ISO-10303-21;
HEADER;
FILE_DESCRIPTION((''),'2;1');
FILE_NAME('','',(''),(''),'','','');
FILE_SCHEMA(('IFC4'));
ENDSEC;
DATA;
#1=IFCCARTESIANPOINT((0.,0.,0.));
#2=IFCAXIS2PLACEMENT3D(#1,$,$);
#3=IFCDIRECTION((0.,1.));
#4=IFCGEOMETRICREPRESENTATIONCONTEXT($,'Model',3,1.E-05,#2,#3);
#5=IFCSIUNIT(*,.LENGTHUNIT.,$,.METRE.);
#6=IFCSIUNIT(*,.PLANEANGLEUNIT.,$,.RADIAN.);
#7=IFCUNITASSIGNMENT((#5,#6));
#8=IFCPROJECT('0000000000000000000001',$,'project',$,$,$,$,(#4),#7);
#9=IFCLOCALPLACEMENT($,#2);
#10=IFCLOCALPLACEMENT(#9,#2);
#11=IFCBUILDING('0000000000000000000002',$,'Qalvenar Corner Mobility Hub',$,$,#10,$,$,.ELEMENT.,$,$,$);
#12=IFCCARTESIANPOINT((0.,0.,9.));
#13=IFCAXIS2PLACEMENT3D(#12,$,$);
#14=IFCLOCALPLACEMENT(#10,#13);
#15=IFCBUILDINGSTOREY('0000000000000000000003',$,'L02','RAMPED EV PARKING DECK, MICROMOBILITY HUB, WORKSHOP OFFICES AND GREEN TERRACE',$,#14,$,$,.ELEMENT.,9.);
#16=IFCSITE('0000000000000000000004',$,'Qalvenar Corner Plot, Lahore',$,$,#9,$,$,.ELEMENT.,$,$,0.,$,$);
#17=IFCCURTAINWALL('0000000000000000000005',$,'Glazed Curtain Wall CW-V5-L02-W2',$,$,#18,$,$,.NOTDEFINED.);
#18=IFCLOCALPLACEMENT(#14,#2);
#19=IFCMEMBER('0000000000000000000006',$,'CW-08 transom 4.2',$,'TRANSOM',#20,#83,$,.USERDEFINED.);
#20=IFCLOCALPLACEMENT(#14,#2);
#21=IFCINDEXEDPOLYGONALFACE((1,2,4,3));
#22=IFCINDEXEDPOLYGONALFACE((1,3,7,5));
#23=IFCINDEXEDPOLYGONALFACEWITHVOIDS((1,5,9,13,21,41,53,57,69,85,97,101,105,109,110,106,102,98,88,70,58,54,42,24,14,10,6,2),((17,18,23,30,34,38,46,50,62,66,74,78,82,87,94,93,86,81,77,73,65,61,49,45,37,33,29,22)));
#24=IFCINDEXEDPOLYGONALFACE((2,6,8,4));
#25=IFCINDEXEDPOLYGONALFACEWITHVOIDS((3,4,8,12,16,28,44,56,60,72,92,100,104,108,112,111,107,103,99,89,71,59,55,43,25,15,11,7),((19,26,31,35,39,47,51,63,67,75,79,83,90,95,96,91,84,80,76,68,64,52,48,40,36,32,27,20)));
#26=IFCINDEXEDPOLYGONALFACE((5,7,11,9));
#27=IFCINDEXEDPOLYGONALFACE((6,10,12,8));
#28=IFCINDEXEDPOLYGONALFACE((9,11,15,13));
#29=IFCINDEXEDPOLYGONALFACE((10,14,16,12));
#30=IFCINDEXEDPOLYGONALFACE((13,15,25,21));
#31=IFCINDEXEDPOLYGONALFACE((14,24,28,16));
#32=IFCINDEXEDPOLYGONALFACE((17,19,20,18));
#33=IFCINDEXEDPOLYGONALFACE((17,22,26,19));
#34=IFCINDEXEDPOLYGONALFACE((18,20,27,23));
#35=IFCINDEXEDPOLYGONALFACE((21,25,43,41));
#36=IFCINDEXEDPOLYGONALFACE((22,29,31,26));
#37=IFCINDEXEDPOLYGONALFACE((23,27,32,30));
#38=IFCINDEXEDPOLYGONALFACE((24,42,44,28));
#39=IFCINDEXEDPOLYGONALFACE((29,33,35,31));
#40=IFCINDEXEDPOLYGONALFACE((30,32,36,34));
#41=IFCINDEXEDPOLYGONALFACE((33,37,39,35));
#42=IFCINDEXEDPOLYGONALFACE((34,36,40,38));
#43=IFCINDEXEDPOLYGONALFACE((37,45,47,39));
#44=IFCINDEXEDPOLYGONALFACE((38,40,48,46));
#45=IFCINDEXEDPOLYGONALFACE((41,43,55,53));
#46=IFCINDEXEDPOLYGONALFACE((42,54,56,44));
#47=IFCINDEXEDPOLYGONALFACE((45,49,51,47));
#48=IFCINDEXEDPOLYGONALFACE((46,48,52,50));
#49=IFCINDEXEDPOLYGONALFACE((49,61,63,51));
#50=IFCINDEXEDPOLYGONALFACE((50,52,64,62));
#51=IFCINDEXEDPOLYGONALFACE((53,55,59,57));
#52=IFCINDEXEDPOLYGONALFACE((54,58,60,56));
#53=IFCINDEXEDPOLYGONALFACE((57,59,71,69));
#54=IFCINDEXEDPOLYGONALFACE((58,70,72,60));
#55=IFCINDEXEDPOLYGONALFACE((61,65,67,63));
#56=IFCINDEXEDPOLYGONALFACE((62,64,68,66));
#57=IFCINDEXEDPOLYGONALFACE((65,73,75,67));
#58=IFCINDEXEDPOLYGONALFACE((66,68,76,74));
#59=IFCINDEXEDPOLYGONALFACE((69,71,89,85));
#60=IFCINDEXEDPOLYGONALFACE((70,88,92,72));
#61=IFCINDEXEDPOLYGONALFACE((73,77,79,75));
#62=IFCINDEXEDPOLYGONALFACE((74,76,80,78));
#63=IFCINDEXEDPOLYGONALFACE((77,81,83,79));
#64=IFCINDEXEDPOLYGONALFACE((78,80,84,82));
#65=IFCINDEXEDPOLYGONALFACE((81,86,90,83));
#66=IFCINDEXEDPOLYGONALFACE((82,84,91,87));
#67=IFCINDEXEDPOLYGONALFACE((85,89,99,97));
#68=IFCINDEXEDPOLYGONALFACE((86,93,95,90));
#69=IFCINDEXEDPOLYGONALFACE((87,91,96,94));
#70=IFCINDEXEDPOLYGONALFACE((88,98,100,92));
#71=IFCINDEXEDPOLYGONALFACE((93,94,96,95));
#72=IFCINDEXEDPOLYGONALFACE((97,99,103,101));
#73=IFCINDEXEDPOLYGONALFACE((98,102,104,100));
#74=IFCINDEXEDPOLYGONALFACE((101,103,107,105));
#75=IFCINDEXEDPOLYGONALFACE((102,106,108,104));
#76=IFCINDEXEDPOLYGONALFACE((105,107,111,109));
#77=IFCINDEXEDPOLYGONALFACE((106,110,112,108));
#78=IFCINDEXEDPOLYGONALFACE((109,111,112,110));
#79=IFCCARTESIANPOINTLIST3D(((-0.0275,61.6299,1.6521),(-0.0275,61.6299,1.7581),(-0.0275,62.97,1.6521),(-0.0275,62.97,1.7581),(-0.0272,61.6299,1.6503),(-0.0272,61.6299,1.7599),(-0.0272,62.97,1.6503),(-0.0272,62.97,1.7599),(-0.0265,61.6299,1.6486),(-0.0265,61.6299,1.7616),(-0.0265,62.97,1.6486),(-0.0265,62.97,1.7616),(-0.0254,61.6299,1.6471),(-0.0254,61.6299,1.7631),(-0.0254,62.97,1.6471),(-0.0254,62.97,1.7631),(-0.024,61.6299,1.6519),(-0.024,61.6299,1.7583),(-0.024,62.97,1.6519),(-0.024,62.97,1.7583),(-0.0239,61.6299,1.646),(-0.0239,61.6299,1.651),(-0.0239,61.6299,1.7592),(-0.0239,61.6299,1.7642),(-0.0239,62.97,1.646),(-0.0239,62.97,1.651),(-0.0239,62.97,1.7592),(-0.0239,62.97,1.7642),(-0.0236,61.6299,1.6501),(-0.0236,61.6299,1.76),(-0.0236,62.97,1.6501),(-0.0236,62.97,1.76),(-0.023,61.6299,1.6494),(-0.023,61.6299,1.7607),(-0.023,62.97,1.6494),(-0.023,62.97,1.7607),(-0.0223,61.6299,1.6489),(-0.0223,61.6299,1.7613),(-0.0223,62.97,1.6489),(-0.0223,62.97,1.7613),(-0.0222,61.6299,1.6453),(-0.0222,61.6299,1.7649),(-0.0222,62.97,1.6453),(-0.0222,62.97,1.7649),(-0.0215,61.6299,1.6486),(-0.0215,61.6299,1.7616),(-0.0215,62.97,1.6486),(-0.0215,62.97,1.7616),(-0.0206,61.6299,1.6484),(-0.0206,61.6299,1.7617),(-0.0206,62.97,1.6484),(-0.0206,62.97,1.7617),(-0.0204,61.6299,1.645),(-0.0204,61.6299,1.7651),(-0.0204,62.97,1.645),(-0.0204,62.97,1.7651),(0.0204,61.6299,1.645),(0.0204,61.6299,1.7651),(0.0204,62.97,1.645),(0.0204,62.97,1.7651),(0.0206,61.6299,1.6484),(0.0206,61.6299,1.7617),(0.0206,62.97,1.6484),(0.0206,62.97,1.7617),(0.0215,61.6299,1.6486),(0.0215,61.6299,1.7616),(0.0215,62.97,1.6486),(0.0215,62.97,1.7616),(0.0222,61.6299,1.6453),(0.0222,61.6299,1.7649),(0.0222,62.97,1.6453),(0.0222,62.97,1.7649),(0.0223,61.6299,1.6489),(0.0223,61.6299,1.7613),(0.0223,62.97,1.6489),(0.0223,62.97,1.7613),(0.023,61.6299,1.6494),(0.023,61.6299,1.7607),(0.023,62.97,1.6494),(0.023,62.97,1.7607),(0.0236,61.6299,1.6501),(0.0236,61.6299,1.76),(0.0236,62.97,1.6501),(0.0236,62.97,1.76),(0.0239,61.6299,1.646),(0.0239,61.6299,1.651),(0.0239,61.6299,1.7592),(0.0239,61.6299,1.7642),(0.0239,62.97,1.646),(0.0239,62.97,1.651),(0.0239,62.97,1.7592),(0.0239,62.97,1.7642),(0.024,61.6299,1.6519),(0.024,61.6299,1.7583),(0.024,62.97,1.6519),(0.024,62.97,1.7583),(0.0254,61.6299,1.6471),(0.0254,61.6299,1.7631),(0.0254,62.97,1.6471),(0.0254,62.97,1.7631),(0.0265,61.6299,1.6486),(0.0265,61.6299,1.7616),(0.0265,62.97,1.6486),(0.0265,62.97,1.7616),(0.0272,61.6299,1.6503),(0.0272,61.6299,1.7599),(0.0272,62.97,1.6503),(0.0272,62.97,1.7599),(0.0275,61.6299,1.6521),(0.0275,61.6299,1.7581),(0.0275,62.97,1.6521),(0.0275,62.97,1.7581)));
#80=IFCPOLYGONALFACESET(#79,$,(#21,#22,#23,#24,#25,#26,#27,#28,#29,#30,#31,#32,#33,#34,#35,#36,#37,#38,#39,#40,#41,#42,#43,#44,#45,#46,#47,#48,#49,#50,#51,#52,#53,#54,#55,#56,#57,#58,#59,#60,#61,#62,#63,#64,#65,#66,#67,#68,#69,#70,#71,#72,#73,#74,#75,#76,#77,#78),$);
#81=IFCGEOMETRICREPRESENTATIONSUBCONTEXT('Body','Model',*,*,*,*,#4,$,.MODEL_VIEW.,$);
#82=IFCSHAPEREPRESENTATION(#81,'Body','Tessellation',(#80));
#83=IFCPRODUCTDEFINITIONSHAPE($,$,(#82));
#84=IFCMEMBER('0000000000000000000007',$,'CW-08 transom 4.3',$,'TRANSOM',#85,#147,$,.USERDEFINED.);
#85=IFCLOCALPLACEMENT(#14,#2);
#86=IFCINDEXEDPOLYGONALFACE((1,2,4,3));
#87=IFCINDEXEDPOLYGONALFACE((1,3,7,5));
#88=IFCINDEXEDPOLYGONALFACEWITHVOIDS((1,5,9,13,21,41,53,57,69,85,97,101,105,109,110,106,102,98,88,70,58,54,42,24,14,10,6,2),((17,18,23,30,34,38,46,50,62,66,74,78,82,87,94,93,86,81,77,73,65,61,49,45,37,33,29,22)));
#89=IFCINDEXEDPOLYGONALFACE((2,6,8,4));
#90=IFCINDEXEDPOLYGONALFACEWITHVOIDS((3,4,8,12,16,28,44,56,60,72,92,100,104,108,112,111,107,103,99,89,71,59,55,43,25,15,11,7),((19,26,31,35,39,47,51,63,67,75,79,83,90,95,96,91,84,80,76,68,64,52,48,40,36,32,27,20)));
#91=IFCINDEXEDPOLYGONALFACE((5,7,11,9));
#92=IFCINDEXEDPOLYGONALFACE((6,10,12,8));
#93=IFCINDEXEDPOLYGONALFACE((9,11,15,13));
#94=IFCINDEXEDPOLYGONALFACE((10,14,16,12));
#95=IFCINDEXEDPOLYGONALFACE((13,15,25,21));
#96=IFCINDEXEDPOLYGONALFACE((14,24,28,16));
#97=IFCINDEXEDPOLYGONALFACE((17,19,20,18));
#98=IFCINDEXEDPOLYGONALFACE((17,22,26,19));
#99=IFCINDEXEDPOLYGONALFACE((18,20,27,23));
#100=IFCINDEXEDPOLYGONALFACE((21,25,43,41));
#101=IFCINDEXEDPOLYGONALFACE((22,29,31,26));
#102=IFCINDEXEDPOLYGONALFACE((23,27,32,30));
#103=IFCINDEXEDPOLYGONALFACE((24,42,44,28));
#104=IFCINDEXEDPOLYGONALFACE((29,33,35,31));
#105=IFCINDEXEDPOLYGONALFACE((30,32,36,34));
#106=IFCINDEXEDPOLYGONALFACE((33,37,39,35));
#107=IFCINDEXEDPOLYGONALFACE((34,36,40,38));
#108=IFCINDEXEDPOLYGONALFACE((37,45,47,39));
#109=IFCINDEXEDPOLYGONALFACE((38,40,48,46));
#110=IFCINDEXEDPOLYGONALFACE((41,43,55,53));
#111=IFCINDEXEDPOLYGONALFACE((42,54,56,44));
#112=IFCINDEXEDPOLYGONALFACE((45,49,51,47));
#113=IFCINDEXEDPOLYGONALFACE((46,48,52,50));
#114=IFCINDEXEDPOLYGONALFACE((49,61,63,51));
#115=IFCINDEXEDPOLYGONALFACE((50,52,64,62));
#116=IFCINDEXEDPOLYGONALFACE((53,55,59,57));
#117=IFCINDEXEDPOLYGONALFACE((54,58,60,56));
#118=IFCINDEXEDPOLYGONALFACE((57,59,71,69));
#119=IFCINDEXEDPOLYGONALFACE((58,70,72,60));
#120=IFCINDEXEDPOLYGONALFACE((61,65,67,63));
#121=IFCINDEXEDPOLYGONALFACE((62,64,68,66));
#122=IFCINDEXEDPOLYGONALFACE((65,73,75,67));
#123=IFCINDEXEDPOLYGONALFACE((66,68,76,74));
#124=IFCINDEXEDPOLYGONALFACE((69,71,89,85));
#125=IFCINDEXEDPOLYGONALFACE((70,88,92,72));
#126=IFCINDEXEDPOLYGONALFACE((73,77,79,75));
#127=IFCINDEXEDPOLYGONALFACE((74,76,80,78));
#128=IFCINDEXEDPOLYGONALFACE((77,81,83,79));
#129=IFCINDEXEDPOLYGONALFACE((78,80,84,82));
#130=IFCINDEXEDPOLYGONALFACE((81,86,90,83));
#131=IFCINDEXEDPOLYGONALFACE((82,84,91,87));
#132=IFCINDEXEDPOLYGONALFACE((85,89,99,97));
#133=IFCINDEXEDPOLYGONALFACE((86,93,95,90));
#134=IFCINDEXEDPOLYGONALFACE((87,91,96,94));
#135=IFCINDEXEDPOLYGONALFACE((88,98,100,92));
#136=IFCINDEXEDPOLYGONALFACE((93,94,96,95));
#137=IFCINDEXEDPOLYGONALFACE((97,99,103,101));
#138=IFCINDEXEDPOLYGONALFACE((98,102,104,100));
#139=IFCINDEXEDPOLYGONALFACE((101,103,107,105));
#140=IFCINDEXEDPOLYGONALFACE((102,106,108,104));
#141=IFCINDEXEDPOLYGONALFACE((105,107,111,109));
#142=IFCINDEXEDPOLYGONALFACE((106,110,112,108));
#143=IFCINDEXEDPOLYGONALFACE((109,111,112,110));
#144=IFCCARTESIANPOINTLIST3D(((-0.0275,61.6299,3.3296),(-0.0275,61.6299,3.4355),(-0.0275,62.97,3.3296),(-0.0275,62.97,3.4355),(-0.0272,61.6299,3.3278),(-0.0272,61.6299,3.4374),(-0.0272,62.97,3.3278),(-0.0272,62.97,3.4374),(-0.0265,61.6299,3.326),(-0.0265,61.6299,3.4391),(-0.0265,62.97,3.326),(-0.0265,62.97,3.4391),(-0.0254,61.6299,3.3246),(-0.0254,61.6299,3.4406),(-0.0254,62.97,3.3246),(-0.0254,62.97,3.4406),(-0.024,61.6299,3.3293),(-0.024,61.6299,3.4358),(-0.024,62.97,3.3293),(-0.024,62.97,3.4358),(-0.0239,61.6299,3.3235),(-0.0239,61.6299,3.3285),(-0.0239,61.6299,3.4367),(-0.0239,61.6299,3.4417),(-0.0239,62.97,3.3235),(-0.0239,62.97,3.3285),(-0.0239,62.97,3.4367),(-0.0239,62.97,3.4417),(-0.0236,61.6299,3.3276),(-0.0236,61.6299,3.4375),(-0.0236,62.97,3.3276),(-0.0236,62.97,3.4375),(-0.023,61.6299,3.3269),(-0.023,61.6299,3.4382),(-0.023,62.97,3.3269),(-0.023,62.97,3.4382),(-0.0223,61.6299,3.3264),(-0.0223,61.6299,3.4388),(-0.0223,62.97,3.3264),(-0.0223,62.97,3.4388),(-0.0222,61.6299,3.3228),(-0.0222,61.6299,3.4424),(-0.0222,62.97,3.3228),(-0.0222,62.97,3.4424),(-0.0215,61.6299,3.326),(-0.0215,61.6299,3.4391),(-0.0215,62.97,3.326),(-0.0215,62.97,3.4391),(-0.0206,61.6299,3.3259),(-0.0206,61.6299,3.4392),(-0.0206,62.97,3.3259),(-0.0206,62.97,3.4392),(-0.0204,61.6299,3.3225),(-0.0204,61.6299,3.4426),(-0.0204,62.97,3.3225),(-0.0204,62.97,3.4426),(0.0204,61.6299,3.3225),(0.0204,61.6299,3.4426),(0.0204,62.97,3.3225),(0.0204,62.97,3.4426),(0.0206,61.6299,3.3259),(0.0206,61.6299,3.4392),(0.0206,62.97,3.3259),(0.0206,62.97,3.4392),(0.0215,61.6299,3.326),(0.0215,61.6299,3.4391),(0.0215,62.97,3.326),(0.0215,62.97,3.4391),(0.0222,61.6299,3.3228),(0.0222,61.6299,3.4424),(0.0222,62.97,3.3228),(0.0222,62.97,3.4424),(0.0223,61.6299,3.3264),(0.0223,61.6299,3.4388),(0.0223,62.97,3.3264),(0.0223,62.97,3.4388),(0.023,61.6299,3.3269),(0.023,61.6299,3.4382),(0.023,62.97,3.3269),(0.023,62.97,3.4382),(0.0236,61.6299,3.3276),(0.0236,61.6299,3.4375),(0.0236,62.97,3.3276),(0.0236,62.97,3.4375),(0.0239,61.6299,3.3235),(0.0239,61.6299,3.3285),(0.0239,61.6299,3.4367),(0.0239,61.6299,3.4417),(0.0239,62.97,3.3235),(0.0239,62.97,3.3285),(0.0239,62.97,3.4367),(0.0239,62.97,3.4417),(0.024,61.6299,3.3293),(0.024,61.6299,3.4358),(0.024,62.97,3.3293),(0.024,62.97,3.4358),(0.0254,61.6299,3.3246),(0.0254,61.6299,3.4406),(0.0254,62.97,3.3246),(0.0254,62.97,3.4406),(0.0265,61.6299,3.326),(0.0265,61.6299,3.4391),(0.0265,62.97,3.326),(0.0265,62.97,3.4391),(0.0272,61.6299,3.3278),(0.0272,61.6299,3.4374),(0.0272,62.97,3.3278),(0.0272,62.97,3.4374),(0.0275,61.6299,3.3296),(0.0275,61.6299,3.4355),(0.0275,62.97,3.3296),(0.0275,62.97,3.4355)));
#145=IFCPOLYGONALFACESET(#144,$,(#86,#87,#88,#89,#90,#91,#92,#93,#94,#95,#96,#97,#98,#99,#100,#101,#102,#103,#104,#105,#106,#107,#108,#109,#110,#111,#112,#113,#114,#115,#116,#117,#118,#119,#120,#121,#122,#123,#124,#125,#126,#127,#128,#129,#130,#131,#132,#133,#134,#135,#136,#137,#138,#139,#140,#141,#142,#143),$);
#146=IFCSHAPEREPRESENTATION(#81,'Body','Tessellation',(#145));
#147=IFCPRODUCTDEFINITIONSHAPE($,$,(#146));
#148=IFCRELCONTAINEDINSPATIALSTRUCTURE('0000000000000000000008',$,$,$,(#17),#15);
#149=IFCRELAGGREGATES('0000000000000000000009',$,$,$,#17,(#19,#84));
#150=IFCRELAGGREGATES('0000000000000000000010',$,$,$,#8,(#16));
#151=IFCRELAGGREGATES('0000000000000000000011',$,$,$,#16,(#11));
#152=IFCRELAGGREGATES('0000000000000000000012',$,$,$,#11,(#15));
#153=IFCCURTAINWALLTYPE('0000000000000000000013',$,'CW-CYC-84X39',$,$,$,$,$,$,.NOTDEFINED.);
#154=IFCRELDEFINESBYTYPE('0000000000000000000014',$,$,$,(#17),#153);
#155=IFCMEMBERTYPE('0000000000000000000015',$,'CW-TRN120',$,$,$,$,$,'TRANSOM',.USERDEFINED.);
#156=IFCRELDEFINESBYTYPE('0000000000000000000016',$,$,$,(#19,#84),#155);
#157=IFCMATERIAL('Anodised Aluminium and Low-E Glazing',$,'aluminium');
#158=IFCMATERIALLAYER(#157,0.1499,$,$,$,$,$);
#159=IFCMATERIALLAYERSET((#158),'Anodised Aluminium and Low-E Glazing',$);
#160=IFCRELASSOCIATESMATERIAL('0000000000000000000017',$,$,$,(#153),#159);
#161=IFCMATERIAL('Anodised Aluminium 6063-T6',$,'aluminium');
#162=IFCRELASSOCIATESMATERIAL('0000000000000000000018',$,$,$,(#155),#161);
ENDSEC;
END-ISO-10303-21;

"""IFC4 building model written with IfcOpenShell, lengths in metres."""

from ifc_helpers import new_model, si_unit, direction, frame, origin, origin_2d, place, context, subcontext, project, spatial, hollow_rectangle, extrude, material, layer, layer_set, material_profile, profile_set, type_object, element, aggregate, save


model = new_model("IFC4")

# Units and contexts
model_context = context("Model", 3, precision=1e-05, world=origin(), true_north=direction((0.0, 1.0)))
body_context = subcontext(model_context, "Body", "Model", "MODEL_VIEW")
ifc_project = project(units=[si_unit("LENGTHUNIT", "METRE"), si_unit("PLANEANGLEUNIT", "RADIAN")], contexts=[model_context])

# Site, building, storey
site_placement = place(None, origin())
site = spatial("IfcSite", under=ifc_project, at=site_placement, Name="Qalvenar Corner Plot, Lahore", CompositionType="ELEMENT", RefElevation=0.0)
building_placement = place(site_placement, origin())
building = spatial("IfcBuilding", under=site, at=building_placement, Name="Qalvenar Corner Mobility Hub", CompositionType="ELEMENT")
storey_placement = place(building_placement, frame((0.0, 0.0, 9.0)))
storey = spatial("IfcBuildingStorey", under=building, at=storey_placement, Name="L02", Description="RAMPED EV PARKING DECK, MICROMOBILITY HUB, WORKSHOP OFFICES AND GREEN TERRACE", CompositionType="ELEMENT", Elevation=9.0)

# Curtain wall, members
ifc_material_1 = material(Name="Anodised Aluminium and Low-E Glazing", Category="aluminium")
ifc_layer_1 = layer(ifc_material_1, 0.1499)
ifc_layer_set_1 = layer_set([ifc_layer_1], Name="Anodised Aluminium and Low-E Glazing")
curtain_wall_type = type_object("IfcCurtainWallType", Name="CW-CYC-84X39", PredefinedType="NOTDEFINED", material=ifc_layer_set_1)
curtain_wall_placement = place(storey_placement, origin())
curtain_wall = element("IfcCurtainWall", 1, at=curtain_wall_placement, inside=storey, type_object=curtain_wall_type, Name="Glazed Curtain Wall CW-V5-L02-W2", PredefinedType="NOTDEFINED")
ifc_material_2 = material(Name="Anodised Aluminium 6063-T6", Category="aluminium")
ifc_material_profile_1 = material_profile(ifc_material_2, hollow_rectangle(XDim=0.0549, YDim=0.1201, WallThickness=0.0034, InnerFilletRadius=0.0034, OuterFilletRadius=0.0071, at=origin_2d()), Name="RHS120x55x3.5")
ifc_profile_set_1 = profile_set([ifc_material_profile_1], Name="Anodised Aluminium 6063-T6")
member_type_1 = type_object("IfcMemberType", Name="CW-TRN120", ElementType="TRANSOM", PredefinedType="USERDEFINED", material=ifc_profile_set_1)
member_1_placement = place(storey_placement, frame((0.0, 62.97, 1.7051), z_axis=(0.0, -1.0, 0.0), x_axis=(1.0, 0.0, 0.0)))
member_1 = element("IfcMember", 2, at=member_1_placement, type_object=member_type_1, Name="CW-08 transom 4.2", ObjectType="TRANSOM", PredefinedType="USERDEFINED", context=body_context, shape_type="SweptSolid", body=[
    extrude(hollow_rectangle(XDim=0.0549, YDim=0.1201, WallThickness=0.0034, InnerFilletRadius=0.0034, OuterFilletRadius=0.0071, at=origin_2d()), origin(), (0.0, 0.0, 1.0), 1.3401),
])
member_2_placement = place(storey_placement, frame((0.0, 62.97, 3.3826), z_axis=(0.0, -1.0, 0.0), x_axis=(1.0, 0.0, 0.0)))
member_2 = element("IfcMember", 3, at=member_2_placement, type_object=member_type_1, Name="CW-08 transom 4.3", ObjectType="TRANSOM", PredefinedType="USERDEFINED", context=body_context, shape_type="SweptSolid", body=[
    extrude(hollow_rectangle(XDim=0.0549, YDim=0.1201, WallThickness=0.0034, InnerFilletRadius=0.0034, OuterFilletRadius=0.0071, at=origin_2d()), origin(), (0.0, 0.0, 1.0), 1.3401),
])

aggregate(curtain_wall, [member_1, member_2])

save(model, "model.ifc")
